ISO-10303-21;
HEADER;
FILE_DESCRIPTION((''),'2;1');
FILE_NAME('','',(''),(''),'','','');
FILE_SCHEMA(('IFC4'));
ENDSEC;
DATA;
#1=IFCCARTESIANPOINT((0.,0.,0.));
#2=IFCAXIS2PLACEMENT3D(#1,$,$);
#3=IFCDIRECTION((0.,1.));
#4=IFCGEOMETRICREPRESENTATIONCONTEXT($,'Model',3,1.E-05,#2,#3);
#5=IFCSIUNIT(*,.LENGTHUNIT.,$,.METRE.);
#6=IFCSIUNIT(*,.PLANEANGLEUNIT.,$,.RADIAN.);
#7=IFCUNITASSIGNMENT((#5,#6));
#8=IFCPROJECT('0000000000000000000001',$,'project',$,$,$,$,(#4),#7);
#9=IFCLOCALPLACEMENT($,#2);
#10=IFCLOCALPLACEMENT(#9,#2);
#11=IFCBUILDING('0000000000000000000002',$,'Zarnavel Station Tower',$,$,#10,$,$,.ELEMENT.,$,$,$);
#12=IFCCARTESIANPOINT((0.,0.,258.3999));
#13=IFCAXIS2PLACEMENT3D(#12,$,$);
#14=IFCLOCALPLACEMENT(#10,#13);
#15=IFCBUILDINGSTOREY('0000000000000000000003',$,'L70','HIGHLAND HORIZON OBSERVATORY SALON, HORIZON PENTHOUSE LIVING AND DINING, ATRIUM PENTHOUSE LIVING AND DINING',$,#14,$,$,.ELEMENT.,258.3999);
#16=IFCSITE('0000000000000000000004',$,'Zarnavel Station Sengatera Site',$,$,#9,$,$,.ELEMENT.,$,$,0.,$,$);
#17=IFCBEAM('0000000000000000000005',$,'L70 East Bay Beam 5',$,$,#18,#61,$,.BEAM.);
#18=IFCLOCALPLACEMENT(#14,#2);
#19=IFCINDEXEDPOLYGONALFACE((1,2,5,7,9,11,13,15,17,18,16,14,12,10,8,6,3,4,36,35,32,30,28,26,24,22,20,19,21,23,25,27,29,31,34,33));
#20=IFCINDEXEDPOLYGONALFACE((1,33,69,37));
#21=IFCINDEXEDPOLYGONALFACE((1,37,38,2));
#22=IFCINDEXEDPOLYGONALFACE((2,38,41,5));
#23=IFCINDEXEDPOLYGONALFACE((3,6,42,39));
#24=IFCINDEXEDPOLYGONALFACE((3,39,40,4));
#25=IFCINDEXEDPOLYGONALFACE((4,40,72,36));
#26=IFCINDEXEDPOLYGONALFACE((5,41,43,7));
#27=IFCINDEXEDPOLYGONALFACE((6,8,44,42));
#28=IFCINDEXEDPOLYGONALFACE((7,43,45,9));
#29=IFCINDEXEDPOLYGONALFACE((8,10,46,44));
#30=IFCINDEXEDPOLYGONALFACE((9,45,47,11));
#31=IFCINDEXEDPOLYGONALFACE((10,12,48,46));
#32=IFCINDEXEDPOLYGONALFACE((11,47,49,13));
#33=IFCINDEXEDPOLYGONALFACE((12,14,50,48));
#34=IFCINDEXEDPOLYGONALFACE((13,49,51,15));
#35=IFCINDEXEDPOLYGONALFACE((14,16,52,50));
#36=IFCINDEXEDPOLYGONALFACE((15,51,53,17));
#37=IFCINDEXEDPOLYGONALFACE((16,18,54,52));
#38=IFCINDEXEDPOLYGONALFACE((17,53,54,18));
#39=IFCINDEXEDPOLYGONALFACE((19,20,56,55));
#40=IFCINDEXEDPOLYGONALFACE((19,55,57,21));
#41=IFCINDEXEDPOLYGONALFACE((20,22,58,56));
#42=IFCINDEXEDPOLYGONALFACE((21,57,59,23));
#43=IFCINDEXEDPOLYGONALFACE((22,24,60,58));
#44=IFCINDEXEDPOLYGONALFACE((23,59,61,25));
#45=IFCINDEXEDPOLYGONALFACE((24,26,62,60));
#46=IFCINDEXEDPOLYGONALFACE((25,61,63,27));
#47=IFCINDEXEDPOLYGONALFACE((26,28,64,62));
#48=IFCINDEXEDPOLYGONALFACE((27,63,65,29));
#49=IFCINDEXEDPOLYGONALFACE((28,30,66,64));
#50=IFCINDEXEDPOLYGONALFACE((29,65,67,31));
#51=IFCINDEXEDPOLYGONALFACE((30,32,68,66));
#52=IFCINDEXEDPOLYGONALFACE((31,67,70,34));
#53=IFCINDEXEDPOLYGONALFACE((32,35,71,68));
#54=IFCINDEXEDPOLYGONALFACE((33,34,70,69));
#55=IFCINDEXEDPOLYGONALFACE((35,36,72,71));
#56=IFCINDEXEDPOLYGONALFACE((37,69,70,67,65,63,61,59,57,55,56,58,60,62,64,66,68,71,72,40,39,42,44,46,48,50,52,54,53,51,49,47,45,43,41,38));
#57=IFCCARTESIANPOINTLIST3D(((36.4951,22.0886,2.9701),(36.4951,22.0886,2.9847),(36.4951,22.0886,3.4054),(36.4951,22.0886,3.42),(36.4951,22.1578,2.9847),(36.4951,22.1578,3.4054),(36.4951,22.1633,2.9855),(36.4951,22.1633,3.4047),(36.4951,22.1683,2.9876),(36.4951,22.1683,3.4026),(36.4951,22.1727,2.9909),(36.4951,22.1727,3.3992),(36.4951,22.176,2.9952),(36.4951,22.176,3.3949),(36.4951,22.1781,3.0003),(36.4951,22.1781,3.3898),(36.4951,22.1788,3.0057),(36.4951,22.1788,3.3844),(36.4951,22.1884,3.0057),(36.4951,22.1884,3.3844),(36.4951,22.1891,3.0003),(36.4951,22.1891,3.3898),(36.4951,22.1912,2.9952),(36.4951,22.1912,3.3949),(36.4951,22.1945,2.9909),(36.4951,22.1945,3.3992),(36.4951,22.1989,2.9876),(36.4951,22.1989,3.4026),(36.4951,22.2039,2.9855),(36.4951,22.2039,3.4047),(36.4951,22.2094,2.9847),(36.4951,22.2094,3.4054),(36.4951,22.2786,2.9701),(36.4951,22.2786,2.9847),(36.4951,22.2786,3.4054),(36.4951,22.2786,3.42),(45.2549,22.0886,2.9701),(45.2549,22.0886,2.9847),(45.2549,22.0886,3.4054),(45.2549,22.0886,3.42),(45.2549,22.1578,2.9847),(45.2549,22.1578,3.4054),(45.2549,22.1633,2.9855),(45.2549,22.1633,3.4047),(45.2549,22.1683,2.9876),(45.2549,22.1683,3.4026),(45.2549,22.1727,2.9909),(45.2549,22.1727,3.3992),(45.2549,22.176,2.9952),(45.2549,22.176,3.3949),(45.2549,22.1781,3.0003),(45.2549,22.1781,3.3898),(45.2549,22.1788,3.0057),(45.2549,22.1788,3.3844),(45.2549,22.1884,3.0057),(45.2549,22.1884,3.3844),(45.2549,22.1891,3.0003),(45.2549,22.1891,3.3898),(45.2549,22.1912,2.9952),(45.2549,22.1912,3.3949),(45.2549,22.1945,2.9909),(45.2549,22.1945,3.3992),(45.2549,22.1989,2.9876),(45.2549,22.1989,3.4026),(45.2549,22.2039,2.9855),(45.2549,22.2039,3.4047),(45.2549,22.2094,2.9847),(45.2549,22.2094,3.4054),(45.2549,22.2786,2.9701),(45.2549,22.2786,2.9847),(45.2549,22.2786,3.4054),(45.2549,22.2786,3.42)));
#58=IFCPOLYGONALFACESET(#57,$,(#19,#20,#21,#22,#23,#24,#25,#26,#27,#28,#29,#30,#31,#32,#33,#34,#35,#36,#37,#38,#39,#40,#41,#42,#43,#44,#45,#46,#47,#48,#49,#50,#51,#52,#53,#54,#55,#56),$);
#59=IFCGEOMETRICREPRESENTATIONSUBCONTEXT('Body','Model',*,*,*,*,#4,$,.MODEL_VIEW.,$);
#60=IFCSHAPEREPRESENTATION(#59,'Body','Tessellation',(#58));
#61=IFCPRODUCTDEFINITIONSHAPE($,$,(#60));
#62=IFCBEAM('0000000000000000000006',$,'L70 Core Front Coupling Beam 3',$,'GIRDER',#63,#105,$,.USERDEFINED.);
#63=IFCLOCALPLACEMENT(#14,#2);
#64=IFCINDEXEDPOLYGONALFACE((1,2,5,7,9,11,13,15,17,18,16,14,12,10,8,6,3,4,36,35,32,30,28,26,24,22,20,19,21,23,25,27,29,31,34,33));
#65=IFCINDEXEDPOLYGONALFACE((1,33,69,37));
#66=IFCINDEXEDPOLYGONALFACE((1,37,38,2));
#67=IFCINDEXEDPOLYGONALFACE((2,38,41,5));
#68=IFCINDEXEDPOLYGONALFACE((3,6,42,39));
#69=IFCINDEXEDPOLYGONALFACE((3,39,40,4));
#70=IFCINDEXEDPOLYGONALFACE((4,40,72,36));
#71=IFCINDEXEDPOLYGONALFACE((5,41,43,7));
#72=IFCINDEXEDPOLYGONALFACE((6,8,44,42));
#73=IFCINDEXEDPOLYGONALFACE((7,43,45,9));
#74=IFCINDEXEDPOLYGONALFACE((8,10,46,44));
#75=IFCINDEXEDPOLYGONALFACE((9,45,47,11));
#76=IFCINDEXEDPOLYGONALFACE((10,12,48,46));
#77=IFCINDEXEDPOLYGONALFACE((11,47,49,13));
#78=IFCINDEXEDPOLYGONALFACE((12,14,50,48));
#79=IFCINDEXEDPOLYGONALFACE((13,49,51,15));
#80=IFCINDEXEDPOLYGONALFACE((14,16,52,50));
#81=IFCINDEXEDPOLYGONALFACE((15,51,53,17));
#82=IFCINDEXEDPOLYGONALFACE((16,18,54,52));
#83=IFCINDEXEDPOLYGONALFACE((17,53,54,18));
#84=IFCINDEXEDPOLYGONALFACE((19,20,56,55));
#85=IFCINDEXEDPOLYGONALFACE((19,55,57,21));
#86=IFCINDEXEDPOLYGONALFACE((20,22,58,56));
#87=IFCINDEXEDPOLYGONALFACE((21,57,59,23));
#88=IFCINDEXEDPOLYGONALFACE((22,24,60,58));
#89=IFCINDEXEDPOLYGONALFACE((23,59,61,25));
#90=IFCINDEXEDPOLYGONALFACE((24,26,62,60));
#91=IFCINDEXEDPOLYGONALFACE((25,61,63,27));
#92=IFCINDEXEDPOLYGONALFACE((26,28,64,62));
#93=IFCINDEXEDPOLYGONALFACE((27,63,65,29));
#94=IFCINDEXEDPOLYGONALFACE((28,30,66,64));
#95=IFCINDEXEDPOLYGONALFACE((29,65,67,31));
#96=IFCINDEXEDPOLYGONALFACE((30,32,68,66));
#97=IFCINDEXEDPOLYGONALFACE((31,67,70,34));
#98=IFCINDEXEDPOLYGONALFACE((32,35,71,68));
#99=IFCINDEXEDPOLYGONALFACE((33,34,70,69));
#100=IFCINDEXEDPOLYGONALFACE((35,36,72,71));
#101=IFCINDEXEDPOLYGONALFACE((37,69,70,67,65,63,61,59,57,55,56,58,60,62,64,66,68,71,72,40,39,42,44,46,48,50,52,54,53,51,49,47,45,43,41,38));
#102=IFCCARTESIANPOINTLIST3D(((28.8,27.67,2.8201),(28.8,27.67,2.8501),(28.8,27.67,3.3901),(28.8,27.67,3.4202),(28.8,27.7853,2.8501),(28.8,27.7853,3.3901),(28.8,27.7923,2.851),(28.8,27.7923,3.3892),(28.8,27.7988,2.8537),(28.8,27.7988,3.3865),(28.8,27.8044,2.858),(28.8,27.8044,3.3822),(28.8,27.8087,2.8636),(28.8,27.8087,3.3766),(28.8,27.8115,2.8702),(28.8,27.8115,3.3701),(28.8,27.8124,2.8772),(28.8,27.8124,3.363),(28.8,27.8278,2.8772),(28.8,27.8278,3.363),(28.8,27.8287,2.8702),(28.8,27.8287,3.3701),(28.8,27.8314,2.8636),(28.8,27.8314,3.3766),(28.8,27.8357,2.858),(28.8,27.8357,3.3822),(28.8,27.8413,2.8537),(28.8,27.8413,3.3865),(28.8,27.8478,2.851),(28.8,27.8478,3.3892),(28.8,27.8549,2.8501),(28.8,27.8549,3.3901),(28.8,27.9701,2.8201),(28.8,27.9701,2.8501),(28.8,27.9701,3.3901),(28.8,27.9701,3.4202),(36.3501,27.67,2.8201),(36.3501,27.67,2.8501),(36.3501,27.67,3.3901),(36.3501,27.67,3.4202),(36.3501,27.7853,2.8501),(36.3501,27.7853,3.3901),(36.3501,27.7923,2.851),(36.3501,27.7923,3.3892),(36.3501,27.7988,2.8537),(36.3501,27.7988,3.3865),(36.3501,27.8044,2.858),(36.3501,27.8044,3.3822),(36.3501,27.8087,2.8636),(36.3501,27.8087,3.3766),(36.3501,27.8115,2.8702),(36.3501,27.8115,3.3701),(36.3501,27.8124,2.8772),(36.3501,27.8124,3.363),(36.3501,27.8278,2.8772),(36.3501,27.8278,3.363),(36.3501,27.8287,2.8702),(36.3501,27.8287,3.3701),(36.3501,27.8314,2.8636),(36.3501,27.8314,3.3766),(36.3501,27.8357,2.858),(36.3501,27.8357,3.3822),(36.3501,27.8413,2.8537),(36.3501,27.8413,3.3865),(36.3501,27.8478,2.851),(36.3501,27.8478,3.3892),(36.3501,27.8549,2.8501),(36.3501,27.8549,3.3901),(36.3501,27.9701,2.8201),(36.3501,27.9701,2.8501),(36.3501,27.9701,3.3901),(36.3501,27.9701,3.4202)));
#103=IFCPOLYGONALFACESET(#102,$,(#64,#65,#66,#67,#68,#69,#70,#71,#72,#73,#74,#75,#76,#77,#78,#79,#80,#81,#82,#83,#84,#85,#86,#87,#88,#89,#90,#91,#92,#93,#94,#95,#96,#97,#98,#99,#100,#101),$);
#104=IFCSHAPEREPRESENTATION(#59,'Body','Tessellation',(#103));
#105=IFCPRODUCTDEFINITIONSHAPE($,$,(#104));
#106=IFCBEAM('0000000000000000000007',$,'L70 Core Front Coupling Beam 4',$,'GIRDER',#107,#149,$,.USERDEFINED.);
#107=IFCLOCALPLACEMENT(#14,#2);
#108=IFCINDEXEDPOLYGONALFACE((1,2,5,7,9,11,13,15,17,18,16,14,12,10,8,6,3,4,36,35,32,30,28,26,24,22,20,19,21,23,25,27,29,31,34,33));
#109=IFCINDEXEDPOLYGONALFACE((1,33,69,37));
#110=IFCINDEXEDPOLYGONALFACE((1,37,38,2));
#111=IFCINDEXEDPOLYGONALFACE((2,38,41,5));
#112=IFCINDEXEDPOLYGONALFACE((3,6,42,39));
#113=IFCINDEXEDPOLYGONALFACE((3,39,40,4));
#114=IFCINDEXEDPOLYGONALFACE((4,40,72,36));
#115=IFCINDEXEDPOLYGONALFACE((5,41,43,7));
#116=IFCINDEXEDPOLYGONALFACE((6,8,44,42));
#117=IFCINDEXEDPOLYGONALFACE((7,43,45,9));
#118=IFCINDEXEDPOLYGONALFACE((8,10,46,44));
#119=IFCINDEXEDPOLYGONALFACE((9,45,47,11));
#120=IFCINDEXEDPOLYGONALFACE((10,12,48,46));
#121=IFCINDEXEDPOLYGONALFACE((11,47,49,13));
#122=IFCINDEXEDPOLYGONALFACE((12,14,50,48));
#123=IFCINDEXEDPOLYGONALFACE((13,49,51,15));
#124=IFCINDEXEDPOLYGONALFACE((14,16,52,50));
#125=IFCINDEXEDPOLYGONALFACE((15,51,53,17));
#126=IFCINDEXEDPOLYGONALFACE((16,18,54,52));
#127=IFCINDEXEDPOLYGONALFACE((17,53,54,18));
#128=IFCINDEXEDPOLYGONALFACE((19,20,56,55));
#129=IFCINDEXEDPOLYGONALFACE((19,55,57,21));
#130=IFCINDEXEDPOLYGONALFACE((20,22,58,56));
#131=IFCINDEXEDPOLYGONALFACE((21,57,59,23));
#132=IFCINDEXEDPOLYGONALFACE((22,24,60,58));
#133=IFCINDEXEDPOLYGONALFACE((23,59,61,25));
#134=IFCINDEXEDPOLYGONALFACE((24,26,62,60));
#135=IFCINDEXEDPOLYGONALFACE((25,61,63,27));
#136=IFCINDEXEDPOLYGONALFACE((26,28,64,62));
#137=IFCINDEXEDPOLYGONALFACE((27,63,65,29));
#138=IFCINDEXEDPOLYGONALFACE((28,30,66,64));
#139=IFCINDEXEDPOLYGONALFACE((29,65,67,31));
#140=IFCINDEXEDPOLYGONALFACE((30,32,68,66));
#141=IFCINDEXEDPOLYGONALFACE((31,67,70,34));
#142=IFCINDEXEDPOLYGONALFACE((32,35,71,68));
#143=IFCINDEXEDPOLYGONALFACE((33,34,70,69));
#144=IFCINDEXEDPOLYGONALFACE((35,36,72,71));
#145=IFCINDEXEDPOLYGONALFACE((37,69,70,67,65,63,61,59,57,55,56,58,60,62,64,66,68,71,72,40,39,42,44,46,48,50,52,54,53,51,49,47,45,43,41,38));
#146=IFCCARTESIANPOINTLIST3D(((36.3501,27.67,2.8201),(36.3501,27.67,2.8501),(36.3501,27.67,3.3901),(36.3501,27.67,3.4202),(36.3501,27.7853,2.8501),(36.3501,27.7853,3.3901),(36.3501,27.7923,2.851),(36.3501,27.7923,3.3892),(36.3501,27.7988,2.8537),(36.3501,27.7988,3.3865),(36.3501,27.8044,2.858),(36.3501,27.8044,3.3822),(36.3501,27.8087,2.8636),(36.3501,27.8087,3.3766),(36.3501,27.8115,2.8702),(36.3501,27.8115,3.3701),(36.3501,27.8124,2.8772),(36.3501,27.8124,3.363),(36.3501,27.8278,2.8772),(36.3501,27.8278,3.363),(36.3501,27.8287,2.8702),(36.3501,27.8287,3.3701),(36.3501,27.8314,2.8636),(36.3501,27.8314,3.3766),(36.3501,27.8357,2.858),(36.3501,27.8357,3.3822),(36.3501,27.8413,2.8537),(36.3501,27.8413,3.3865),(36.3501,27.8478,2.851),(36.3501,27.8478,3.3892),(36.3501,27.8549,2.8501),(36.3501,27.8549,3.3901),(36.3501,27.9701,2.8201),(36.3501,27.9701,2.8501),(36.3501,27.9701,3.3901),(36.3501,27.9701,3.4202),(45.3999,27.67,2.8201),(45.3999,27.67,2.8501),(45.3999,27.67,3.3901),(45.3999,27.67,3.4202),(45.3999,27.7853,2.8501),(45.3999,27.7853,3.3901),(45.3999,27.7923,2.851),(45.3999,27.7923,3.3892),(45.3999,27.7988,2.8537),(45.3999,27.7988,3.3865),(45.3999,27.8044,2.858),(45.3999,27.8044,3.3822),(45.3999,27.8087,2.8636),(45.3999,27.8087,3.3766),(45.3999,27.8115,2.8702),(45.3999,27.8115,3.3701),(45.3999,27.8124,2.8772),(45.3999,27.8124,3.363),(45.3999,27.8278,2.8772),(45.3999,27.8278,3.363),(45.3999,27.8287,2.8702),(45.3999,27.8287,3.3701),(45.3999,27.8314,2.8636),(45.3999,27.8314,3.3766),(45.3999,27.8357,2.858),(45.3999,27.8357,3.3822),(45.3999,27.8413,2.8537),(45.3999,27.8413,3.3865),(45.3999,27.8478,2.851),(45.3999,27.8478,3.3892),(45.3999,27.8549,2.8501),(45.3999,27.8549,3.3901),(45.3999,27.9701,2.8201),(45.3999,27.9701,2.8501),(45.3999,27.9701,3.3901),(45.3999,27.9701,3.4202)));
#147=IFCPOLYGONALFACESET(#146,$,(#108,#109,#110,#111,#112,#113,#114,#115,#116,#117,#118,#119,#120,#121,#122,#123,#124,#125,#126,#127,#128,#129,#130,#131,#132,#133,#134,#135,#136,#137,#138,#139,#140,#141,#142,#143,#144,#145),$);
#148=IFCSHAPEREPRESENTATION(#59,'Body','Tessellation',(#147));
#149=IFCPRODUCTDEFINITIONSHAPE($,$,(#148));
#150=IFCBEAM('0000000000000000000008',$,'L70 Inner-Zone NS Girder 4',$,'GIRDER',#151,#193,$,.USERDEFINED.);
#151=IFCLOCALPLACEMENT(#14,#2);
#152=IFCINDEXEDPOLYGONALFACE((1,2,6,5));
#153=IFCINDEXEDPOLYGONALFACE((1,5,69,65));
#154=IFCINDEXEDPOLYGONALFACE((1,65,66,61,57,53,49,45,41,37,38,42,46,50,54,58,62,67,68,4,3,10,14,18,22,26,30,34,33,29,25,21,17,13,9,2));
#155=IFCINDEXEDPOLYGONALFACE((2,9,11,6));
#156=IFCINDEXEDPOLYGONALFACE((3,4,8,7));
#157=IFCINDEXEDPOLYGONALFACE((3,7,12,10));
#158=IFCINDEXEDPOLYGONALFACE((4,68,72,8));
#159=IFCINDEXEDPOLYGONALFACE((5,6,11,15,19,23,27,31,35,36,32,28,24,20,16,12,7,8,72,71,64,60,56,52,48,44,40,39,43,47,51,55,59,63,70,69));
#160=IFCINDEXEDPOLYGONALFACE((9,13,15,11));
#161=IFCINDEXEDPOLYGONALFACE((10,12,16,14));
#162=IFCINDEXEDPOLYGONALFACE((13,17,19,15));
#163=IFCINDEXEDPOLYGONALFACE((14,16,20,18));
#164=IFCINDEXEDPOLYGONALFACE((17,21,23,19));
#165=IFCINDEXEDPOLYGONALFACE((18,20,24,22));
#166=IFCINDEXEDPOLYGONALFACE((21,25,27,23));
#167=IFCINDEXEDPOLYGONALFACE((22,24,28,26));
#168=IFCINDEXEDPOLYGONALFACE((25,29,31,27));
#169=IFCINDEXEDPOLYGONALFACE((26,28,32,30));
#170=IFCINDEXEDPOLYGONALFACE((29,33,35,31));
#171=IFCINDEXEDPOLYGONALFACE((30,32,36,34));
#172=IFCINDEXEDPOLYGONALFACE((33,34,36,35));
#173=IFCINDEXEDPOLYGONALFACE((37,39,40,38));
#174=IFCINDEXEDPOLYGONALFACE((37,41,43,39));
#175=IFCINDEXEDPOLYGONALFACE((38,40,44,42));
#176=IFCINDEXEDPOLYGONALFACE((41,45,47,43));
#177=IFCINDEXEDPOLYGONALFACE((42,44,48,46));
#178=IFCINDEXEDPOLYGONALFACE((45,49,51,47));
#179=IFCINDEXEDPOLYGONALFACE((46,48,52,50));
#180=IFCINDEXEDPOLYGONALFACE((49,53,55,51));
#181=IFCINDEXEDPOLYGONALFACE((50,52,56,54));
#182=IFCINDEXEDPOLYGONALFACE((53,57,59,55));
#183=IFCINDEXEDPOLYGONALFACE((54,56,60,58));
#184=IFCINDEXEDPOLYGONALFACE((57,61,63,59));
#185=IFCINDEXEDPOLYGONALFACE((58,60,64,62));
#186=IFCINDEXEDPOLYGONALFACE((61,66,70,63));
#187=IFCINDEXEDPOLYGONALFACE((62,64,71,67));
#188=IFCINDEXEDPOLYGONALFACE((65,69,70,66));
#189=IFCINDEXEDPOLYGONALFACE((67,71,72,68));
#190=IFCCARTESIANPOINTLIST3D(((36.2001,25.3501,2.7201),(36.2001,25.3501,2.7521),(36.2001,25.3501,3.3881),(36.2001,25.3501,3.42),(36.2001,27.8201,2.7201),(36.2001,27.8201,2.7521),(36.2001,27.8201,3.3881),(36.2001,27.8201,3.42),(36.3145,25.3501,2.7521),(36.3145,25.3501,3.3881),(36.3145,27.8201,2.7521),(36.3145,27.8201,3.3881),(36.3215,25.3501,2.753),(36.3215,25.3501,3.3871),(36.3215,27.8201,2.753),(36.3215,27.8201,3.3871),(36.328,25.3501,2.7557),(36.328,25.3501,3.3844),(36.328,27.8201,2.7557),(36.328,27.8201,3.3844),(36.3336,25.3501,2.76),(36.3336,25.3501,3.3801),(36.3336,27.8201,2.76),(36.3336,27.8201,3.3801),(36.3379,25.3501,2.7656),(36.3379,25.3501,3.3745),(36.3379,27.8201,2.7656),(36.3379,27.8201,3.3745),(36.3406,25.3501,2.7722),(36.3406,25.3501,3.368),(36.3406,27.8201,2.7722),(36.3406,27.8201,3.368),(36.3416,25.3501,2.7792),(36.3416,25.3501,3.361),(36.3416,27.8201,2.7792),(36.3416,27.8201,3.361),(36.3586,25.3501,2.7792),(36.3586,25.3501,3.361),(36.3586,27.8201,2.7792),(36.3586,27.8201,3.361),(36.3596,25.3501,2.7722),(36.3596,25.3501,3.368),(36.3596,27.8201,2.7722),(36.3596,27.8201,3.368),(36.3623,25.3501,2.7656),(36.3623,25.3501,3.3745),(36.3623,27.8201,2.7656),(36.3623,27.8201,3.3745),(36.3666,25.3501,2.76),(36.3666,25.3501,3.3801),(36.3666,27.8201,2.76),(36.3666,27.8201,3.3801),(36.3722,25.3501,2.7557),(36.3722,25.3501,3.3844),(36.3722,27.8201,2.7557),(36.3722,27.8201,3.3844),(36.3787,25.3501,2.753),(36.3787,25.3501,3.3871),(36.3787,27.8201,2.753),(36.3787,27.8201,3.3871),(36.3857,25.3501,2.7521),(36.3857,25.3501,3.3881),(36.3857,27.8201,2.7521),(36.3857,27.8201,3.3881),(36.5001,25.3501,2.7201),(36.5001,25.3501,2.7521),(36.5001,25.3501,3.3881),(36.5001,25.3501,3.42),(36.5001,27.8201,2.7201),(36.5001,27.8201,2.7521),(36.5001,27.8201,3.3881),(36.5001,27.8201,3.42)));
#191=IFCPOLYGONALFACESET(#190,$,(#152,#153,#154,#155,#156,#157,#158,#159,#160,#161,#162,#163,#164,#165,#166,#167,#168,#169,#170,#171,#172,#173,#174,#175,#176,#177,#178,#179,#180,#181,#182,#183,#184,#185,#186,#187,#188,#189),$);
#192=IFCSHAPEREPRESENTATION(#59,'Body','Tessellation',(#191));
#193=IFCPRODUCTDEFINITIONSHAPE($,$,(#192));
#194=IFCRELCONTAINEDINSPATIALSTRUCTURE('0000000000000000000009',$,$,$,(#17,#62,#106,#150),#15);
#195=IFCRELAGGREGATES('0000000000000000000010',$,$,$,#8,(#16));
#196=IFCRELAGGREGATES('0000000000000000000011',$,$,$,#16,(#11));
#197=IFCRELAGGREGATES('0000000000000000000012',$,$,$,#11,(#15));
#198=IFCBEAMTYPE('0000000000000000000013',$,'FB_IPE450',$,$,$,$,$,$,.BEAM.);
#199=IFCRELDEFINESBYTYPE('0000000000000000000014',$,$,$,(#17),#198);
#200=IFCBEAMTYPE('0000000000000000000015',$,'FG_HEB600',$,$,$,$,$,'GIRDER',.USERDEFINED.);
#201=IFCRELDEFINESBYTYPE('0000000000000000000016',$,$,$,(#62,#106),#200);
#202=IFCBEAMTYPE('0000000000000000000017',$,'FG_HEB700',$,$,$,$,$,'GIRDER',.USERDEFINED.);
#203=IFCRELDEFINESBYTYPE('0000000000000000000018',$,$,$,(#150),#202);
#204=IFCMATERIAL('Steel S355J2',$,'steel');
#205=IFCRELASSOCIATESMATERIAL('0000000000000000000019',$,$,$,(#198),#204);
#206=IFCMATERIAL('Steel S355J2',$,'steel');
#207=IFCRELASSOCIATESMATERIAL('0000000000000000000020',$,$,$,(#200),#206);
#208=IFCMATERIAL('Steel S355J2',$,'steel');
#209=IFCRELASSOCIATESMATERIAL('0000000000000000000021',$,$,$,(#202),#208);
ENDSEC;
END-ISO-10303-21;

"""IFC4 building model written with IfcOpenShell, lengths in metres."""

from ifc_helpers import new_model, si_unit, direction, frame, origin, origin_2d, place, context, subcontext, project, spatial, i_section, extrude, material, material_profile, profile_set, type_object, element, save


model = new_model("IFC4")

# Units and contexts
model_context = context("Model", 3, precision=1e-05, world=origin(), true_north=direction((0.0, 1.0)))
body_context = subcontext(model_context, "Body", "Model", "MODEL_VIEW")
ifc_project = project(units=[si_unit("LENGTHUNIT", "METRE"), si_unit("PLANEANGLEUNIT", "RADIAN")], contexts=[model_context])

# Site, building, storey
site_placement = place(None, origin())
site = spatial("IfcSite", under=ifc_project, at=site_placement, Name="Zarnavel Station Sengatera Site", CompositionType="ELEMENT", RefElevation=0.0)
building_placement = place(site_placement, origin())
building = spatial("IfcBuilding", under=site, at=building_placement, Name="Zarnavel Station Tower", CompositionType="ELEMENT")
storey_placement = place(building_placement, frame((0.0, 0.0, 258.3999)))
storey = spatial("IfcBuildingStorey", under=building, at=storey_placement, Name="L70", Description="HIGHLAND HORIZON OBSERVATORY SALON, HORIZON PENTHOUSE LIVING AND DINING, ATRIUM PENTHOUSE LIVING AND DINING", CompositionType="ELEMENT", Elevation=258.3999)

# Beams
ifc_material_1 = material(Name="Steel S355J2", Category="steel")
ifc_material_profile_1 = material_profile(ifc_material_1, i_section(OverallWidth=0.1899, OverallDepth=0.45, WebThickness=0.0095, FlangeThickness=0.0146, FilletRadius=0.021, at=origin_2d()), Name="IPE450")
ifc_profile_set_1 = profile_set([ifc_material_profile_1], Name="Steel S355J2")
beam_type_1 = type_object("IfcBeamType", Name="FB_IPE450", PredefinedType="BEAM", material=ifc_profile_set_1)
for number, where, z_axis, x_axis, name in (
    (1, (36.4951, 22.1836, 3.1951), (1.0, 0.0, 0.0), (0.0, 1.0, 0.0), "L70 East Bay Beam 5"),
):
    element("IfcBeam", number, at=place(storey_placement, frame(where, z_axis=z_axis, x_axis=x_axis)), inside=storey, type_object=beam_type_1, Name=name, PredefinedType="BEAM", context=body_context, shape_type="SweptSolid", body=[
        extrude(i_section(OverallWidth=0.1899, OverallDepth=0.45, WebThickness=0.0095, FlangeThickness=0.0146, FilletRadius=0.021, at=origin_2d()), origin(), (0.0, 0.0, 1.0), 8.7598),
    ])
ifc_material_2 = material(Name="Steel S355J2", Category="steel")
ifc_material_profile_2 = material_profile(ifc_material_2, i_section(OverallWidth=0.3, OverallDepth=0.6001, WebThickness=0.0154, FlangeThickness=0.03, FilletRadius=0.0271, at=origin_2d()), Name="HEB600")
ifc_profile_set_2 = profile_set([ifc_material_profile_2], Name="Steel S355J2")
beam_type_2 = type_object("IfcBeamType", Name="FG_HEB600", ElementType="GIRDER", PredefinedType="USERDEFINED", material=ifc_profile_set_2)
beam_1_placement = place(storey_placement, frame((28.8, 27.8201, 3.1201), z_axis=(1.0, 0.0, 0.0), x_axis=(0.0, 1.0, 0.0)))
element("IfcBeam", 2, at=beam_1_placement, inside=storey, type_object=beam_type_2, Name="L70 Core Front Coupling Beam 3", ObjectType="GIRDER", PredefinedType="USERDEFINED", context=body_context, shape_type="SweptSolid", body=[
    extrude(i_section(OverallWidth=0.3, OverallDepth=0.6001, WebThickness=0.0154, FlangeThickness=0.03, FilletRadius=0.0271, at=origin_2d()), origin(), (0.0, 0.0, 1.0), 7.55),
])
beam_2_placement = place(storey_placement, frame((36.3501, 27.8201, 3.1201), z_axis=(1.0, 0.0, 0.0), x_axis=(0.0, 1.0, 0.0)))
element("IfcBeam", 3, at=beam_2_placement, inside=storey, type_object=beam_type_2, Name="L70 Core Front Coupling Beam 4", ObjectType="GIRDER", PredefinedType="USERDEFINED", context=body_context, shape_type="SweptSolid", body=[
    extrude(i_section(OverallWidth=0.3, OverallDepth=0.6001, WebThickness=0.0154, FlangeThickness=0.03, FilletRadius=0.0271, at=origin_2d()), origin(), (0.0, 0.0, 1.0), 9.0498),
])
ifc_material_3 = material(Name="Steel S355J2", Category="steel")
ifc_material_profile_3 = material_profile(ifc_material_3, i_section(OverallWidth=0.3, OverallDepth=0.7, WebThickness=0.0171, FlangeThickness=0.032, FilletRadius=0.0271, at=origin_2d()), Name="HEB700")
ifc_profile_set_3 = profile_set([ifc_material_profile_3], Name="Steel S355J2")
beam_type_3 = type_object("IfcBeamType", Name="FG_HEB700", ElementType="GIRDER", PredefinedType="USERDEFINED", material=ifc_profile_set_3)
beam_3_placement = place(storey_placement, frame((36.3501, 25.3501, 3.0701), z_axis=(0.0, 1.0, 0.0), x_axis=(-1.0, 0.0, 0.0)))
element("IfcBeam", 4, at=beam_3_placement, inside=storey, type_object=beam_type_3, Name="L70 Inner-Zone NS Girder 4", ObjectType="GIRDER", PredefinedType="USERDEFINED", context=body_context, shape_type="SweptSolid", body=[
    extrude(i_section(OverallWidth=0.3, OverallDepth=0.7, WebThickness=0.0171, FlangeThickness=0.032, FilletRadius=0.0271, at=origin_2d()), origin(), (0.0, 0.0, 1.0), 2.47),
])

save(model, "model.ifc")
